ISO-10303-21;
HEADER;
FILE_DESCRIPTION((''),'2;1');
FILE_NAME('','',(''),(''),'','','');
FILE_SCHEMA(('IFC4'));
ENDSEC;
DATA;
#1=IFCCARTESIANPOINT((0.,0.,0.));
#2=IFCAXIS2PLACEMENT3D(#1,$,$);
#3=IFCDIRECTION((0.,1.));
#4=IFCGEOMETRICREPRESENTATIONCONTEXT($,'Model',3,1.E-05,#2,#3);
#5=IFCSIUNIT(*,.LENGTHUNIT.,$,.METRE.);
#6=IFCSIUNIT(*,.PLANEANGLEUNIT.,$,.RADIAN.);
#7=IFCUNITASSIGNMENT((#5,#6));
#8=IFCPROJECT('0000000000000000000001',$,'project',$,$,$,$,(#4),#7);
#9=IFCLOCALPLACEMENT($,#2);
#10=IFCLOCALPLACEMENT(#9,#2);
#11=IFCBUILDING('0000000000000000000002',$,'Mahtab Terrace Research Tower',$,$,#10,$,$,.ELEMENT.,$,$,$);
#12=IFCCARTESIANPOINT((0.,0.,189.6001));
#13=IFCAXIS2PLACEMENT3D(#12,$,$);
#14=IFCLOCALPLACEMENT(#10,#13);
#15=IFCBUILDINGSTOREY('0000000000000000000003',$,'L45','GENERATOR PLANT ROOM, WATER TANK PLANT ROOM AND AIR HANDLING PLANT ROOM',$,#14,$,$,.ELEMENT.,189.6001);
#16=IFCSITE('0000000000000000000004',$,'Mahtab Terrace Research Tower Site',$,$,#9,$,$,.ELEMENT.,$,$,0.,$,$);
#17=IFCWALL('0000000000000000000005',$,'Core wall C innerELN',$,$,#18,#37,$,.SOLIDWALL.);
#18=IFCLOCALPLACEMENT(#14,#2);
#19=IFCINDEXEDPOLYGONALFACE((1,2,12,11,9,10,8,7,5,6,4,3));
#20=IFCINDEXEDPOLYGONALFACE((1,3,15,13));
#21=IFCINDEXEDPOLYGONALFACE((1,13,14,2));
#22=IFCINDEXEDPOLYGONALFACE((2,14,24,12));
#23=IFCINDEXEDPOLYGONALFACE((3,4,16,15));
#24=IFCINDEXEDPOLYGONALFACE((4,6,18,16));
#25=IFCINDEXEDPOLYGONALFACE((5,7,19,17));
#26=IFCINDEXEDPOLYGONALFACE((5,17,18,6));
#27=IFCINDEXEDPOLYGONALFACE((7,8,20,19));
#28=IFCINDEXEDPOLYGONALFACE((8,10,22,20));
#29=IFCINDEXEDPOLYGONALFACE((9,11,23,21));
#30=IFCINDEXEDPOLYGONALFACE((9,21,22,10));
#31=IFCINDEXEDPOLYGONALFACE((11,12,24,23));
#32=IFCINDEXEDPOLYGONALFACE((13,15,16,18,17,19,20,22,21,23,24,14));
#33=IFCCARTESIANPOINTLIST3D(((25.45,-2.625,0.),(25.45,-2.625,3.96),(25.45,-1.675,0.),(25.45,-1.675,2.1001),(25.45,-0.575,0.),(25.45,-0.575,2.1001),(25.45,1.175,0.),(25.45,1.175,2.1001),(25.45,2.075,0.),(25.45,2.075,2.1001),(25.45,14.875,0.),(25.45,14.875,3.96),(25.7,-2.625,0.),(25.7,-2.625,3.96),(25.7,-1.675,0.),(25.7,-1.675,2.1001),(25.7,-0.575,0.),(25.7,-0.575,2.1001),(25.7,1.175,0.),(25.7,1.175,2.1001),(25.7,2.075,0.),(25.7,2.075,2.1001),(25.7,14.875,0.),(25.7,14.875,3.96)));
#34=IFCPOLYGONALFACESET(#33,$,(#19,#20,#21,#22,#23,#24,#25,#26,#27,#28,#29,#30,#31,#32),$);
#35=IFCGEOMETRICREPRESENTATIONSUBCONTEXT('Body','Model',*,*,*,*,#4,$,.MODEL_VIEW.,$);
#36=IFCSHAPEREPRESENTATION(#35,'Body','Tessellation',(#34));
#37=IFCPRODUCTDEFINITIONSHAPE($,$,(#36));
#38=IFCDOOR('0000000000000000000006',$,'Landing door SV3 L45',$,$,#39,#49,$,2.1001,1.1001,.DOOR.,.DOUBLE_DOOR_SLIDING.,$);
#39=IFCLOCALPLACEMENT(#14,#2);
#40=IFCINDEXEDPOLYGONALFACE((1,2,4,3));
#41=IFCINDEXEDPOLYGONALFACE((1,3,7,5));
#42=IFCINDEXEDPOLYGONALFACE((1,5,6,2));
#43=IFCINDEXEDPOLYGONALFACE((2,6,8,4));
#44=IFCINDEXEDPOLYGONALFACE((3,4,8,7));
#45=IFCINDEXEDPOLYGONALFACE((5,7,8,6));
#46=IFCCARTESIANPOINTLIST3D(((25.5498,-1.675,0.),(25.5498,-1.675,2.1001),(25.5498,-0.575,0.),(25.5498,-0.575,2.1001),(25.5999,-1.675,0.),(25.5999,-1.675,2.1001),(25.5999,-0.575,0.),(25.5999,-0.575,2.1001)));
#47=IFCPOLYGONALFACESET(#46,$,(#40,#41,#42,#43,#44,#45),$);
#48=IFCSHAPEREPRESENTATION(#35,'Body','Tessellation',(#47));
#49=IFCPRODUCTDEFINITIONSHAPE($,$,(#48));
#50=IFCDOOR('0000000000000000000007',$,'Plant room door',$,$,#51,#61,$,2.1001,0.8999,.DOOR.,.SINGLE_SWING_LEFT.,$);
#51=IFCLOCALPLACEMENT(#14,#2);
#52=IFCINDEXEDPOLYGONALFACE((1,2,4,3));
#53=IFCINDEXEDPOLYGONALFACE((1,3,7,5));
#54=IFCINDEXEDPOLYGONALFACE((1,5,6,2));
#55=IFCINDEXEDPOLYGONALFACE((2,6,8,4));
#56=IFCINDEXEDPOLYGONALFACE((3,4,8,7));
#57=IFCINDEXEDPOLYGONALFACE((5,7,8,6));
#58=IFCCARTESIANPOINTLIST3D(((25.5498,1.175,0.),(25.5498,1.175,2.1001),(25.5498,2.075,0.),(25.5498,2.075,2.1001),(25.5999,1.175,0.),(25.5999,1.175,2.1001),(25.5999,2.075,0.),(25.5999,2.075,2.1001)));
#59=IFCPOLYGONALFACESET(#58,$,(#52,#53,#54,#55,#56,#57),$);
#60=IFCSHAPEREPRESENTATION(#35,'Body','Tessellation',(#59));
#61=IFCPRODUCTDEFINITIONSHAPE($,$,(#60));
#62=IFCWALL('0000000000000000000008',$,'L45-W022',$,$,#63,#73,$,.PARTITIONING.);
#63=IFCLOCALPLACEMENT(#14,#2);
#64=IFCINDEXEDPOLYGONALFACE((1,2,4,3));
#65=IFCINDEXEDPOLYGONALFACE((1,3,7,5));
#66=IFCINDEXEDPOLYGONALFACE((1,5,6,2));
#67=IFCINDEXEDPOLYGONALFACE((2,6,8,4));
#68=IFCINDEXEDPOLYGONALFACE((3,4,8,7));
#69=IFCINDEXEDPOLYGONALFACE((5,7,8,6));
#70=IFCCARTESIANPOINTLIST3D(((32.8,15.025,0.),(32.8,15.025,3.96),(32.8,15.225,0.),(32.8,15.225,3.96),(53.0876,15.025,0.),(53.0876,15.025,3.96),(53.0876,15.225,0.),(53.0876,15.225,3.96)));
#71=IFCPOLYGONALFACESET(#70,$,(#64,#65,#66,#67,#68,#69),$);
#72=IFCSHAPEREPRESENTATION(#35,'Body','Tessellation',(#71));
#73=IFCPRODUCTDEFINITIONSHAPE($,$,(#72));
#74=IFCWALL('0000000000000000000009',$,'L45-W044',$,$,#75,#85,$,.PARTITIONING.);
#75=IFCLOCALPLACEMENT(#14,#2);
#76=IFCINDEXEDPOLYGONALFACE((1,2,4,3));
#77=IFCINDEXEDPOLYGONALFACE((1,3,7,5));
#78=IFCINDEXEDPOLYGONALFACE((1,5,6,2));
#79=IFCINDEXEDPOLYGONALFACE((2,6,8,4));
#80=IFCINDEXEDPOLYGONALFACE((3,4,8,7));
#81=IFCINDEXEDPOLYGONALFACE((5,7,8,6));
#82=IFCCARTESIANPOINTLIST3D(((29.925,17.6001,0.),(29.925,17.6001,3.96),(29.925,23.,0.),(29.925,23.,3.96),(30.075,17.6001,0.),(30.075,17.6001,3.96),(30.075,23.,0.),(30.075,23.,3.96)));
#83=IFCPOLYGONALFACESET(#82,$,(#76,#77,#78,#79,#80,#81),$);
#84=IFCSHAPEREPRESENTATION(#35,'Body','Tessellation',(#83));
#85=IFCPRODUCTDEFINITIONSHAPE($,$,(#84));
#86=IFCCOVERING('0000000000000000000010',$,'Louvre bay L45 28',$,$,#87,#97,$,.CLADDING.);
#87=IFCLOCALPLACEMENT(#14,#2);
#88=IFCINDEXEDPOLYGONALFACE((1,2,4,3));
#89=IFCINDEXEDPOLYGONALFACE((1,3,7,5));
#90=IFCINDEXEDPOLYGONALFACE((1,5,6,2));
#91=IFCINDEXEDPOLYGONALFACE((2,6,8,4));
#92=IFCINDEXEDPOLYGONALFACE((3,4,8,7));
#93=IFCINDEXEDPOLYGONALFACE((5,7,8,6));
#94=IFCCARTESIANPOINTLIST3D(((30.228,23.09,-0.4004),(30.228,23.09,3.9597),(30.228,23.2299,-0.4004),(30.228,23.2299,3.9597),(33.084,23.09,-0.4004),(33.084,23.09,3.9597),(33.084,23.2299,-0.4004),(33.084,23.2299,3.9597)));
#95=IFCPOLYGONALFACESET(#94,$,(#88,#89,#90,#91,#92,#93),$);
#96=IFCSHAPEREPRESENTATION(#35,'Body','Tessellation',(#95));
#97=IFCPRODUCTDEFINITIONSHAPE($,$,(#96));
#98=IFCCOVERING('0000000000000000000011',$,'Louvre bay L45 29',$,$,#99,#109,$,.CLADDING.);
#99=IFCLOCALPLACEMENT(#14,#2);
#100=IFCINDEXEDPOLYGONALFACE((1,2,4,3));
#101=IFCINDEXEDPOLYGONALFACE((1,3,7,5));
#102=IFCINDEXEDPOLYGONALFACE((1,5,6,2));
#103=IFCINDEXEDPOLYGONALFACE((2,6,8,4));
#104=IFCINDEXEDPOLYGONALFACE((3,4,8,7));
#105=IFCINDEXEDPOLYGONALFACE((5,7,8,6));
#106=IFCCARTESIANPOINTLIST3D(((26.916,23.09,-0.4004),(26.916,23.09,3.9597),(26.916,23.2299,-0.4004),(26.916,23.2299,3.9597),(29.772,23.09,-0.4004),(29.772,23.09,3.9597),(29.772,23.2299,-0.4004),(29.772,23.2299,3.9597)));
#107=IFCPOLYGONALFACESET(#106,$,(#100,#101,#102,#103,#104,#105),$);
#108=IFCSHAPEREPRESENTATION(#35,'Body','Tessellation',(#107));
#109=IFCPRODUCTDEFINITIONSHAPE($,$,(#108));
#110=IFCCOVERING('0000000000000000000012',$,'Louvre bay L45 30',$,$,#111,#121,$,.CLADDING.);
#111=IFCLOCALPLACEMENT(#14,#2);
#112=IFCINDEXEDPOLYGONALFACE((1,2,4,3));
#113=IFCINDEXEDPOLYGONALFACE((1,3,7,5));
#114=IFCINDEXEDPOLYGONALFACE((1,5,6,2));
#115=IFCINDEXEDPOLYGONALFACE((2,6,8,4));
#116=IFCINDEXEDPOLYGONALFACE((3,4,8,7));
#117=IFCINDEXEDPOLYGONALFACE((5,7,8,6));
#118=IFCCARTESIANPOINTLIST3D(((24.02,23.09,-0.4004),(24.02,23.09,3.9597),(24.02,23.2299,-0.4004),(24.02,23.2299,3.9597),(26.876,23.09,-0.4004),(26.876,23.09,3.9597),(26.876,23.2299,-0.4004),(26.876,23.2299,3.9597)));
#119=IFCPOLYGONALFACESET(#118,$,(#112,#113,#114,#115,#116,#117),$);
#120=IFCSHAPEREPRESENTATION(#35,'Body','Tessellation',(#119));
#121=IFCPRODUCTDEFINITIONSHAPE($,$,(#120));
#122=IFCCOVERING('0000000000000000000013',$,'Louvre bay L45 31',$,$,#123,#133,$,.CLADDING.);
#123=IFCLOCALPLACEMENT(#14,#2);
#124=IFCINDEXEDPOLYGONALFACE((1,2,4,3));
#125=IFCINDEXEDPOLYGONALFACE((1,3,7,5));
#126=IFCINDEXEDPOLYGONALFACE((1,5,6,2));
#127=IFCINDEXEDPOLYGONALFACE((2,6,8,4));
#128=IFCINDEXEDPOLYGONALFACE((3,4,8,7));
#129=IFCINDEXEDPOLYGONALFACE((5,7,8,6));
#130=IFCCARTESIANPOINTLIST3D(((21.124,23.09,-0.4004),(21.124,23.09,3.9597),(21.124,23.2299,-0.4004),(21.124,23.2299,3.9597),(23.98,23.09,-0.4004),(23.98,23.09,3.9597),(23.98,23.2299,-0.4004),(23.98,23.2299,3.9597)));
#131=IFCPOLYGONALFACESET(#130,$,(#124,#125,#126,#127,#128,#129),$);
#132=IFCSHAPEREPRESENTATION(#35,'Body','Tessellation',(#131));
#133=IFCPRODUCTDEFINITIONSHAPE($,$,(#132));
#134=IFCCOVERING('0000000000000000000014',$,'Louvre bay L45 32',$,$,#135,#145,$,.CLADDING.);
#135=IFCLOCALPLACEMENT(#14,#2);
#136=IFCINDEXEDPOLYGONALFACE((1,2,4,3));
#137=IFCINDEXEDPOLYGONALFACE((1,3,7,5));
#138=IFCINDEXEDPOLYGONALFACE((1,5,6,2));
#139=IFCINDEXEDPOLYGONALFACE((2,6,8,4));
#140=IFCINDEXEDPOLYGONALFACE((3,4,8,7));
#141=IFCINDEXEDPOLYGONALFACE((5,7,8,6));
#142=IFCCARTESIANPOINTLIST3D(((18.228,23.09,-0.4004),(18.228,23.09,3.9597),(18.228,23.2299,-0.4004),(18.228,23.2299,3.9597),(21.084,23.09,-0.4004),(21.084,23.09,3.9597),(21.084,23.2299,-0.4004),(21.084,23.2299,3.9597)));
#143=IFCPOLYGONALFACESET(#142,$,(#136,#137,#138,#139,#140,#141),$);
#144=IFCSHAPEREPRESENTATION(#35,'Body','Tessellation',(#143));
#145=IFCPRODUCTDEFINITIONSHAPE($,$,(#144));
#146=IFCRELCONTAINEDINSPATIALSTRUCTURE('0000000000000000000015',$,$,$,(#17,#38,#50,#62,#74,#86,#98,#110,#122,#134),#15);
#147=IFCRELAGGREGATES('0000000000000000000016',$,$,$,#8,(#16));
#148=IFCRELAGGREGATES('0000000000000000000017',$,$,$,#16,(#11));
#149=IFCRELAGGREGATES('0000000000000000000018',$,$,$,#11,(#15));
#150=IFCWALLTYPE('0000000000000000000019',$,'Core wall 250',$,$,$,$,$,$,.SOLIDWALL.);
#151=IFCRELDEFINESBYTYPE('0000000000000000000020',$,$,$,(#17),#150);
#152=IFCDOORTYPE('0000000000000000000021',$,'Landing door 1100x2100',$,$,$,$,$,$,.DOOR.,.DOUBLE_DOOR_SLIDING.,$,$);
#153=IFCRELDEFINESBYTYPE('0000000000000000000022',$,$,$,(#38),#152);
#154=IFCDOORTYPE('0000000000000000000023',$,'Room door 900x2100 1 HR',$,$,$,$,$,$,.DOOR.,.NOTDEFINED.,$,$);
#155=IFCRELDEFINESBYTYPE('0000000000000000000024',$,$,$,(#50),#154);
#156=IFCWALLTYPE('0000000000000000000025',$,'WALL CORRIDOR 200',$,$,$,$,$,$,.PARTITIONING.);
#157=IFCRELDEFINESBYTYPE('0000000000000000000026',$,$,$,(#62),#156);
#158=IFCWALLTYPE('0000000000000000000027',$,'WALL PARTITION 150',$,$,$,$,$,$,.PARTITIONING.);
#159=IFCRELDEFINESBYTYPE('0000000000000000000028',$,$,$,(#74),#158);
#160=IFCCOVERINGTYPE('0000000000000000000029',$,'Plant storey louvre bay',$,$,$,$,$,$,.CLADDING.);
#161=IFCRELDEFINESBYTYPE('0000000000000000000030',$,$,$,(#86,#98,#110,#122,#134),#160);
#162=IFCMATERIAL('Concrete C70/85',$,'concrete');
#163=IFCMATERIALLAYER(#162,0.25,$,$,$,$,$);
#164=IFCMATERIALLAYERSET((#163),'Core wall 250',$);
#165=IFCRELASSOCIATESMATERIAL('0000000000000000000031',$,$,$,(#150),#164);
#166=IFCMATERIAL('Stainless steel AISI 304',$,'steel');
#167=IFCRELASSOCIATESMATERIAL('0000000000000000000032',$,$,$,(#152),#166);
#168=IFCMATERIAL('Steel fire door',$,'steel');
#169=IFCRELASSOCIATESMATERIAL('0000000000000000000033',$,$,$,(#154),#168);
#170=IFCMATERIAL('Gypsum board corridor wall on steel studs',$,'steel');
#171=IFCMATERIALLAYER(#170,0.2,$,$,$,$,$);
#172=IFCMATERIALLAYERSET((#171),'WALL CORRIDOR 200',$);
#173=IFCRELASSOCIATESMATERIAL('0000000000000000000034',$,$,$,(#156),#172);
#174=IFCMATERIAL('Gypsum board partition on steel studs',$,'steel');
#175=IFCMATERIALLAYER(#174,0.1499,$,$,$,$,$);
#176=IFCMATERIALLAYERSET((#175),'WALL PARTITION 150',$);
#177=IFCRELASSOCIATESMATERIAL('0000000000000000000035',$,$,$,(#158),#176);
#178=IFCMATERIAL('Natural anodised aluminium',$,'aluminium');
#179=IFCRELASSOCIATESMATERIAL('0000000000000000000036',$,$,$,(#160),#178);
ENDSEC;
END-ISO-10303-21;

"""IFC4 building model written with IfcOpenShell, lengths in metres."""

from ifc_helpers import new_model, si_unit, direction, frame, frame_2d, origin, origin_2d, place, context, subcontext, project, spatial, rectangle, extrude, material, layer, layer_set, type_object, element, fill, save


model = new_model("IFC4")

# Units and contexts
model_context = context("Model", 3, precision=1e-05, world=origin(), true_north=direction((0.0, 1.0)))
body_context = subcontext(model_context, "Body", "Model", "MODEL_VIEW")
ifc_project = project(units=[si_unit("LENGTHUNIT", "METRE"), si_unit("PLANEANGLEUNIT", "RADIAN")], contexts=[model_context])

# Site, building, storey
site_placement = place(None, origin())
site = spatial("IfcSite", under=ifc_project, at=site_placement, Name="Mahtab Terrace Research Tower Site", CompositionType="ELEMENT", RefElevation=0.0)
building_placement = place(site_placement, origin())
building = spatial("IfcBuilding", under=site, at=building_placement, Name="Mahtab Terrace Research Tower", CompositionType="ELEMENT")
storey_placement = place(building_placement, frame((0.0, 0.0, 189.6001)))
storey = spatial("IfcBuildingStorey", under=building, at=storey_placement, Name="L45", Description="GENERATOR PLANT ROOM, WATER TANK PLANT ROOM AND AIR HANDLING PLANT ROOM", CompositionType="ELEMENT", Elevation=189.6001)

# Shared definitions
ifc_material_1 = material(Name="Concrete C70/85", Category="concrete")
ifc_layer_1 = layer(ifc_material_1, 0.25)
ifc_layer_set_1 = layer_set([ifc_layer_1], Name="Core wall 250")
wall_type_1 = type_object("IfcWallType", Name="Core wall 250", PredefinedType="SOLIDWALL", material=ifc_layer_set_1)
ifc_material_2 = material(Name="Steel fire door", Category="steel")

# Wall, openings, doors
wall_1_placement = place(storey_placement, frame((25.575, 14.875, 0.0), z_axis=(0.0, 0.0, 1.0), x_axis=(0.0, -1.0, 0.0)))
wall_1 = element("IfcWall", 1, at=wall_1_placement, inside=storey, type_object=wall_type_1, Name="Core wall C innerELN", PredefinedType="SOLIDWALL", context=body_context, shape_type="SweptSolid", body=[
    extrude(rectangle(XDim=17.5, YDim=0.25, at=frame_2d((8.75, 0.0))), origin(), (0.0, 0.0, 1.0), 3.96),
])
opening_1_placement = place(wall_1_placement, frame((15.45, 0.0, 0.0)))
opening_1 = element("IfcOpeningElement", 2, at=opening_1_placement, cuts=wall_1, PredefinedType="OPENING", context=body_context, shape_type="SweptSolid", body=[
    extrude(rectangle(XDim=1.1001, YDim=2.1001, at=frame_2d((0.55, 1.05))), frame((0.0, 0.135, 0.0), z_axis=(0.0, -1.0, 0.0), x_axis=(1.0, 0.0, 0.0)), (0.0, 0.0, 1.0), 0.27),
])
opening_2_placement = place(wall_1_placement, frame((12.8, 0.0, 0.0)))
opening_2 = element("IfcOpeningElement", 3, at=opening_2_placement, cuts=wall_1, PredefinedType="OPENING", context=body_context, shape_type="SweptSolid", body=[
    extrude(rectangle(XDim=0.8999, YDim=2.1001, at=frame_2d((0.45, 1.05))), frame((0.0, 0.135, 0.0), z_axis=(0.0, -1.0, 0.0), x_axis=(1.0, 0.0, 0.0)), (0.0, 0.0, 1.0), 0.27),
])
ifc_material_3 = material(Name="Stainless steel AISI 304", Category="steel")
door_type_1 = type_object("IfcDoorType", Name="Landing door 1100x2100", OperationType="DOUBLE_DOOR_SLIDING", PredefinedType="DOOR", material=ifc_material_3)
door_1_placement = place(opening_1_placement, origin())
door_1 = element("IfcDoor", 4, at=door_1_placement, inside=storey, type_object=door_type_1, Name="Landing door SV3 L45", OperationType="DOUBLE_DOOR_SLIDING", OverallHeight=2.1001, OverallWidth=1.1001, PredefinedType="DOOR", context=body_context, shape_type="SweptSolid", body=[
    extrude(rectangle(XDim=1.1001, YDim=2.1001, at=frame_2d((0.55, 1.05))), frame((0.0, 0.0249, 0.0), z_axis=(0.0, -1.0, 0.0), x_axis=(1.0, 0.0, 0.0)), (0.0, 0.0, 1.0), 0.05),
])
fill(opening_1, door_1)
door_type_2 = type_object("IfcDoorType", Name="Room door 900x2100 1 HR", OperationType="NOTDEFINED", PredefinedType="DOOR", material=ifc_material_2)
door_2_placement = place(opening_2_placement, origin())
door_2 = element("IfcDoor", 5, at=door_2_placement, inside=storey, type_object=door_type_2, Name="Plant room door", OperationType="SINGLE_SWING_LEFT", OverallHeight=2.1001, OverallWidth=0.8999, PredefinedType="DOOR", context=body_context, shape_type="SweptSolid", body=[
    extrude(rectangle(XDim=0.8999, YDim=2.1001, at=frame_2d((0.45, 1.05))), frame((0.0, 0.0249, 0.0), z_axis=(0.0, -1.0, 0.0), x_axis=(1.0, 0.0, 0.0)), (0.0, 0.0, 1.0), 0.05),
])
fill(opening_2, door_2)

# Walls
ifc_material_4 = material(Name="Gypsum board corridor wall on steel studs", Category="steel")
ifc_layer_2 = layer(ifc_material_4, 0.2)
ifc_layer_set_2 = layer_set([ifc_layer_2], Name="WALL CORRIDOR 200")
wall_type_2 = type_object("IfcWallType", Name="WALL CORRIDOR 200", PredefinedType="PARTITIONING", material=ifc_layer_set_2)
wall_2_placement = place(storey_placement, frame((32.8, 15.125, 0.0), z_axis=(0.0, 0.0, 1.0), x_axis=(1.0, 0.0, 0.0)))
element("IfcWall", 6, at=wall_2_placement, inside=storey, type_object=wall_type_2, Name="L45-W022", PredefinedType="PARTITIONING", context=body_context, shape_type="SweptSolid", body=[
    extrude(rectangle(XDim=20.2876, YDim=0.2, at=frame_2d((10.1438, 0.0))), origin(), (0.0, 0.0, 1.0), 3.96),
])
ifc_material_5 = material(Name="Gypsum board partition on steel studs", Category="steel")
ifc_layer_3 = layer(ifc_material_5, 0.1499)
ifc_layer_set_3 = layer_set([ifc_layer_3], Name="WALL PARTITION 150")
wall_type_3 = type_object("IfcWallType", Name="WALL PARTITION 150", PredefinedType="PARTITIONING", material=ifc_layer_set_3)
wall_3_placement = place(storey_placement, frame((30.0, 17.6001, 0.0), z_axis=(0.0, 0.0, 1.0), x_axis=(0.0, 1.0, 0.0)))
element("IfcWall", 7, at=wall_3_placement, inside=storey, type_object=wall_type_3, Name="L45-W044", PredefinedType="PARTITIONING", context=body_context, shape_type="SweptSolid", body=[
    extrude(rectangle(XDim=5.3999, YDim=0.1499, at=frame_2d((2.7, 0.0))), origin(), (0.0, 0.0, 1.0), 3.96),
])

# Coverings
ifc_material_6 = material(Name="Natural anodised aluminium", Category="aluminium")
covering_type = type_object("IfcCoveringType", Name="Plant storey louvre bay", PredefinedType="CLADDING", material=ifc_material_6)
for number, where, z_axis, x_axis, name in (
    (8, (31.656, 23.1599, -0.4004), (0.0, 0.0, 1.0), (-1.0, 0.0, 0.0), "Louvre bay L45 28"),
    (9, (28.344, 23.1599, -0.4004), (0.0, 0.0, 1.0), (-1.0, 0.0, 0.0), "Louvre bay L45 29"),
    (10, (25.448, 23.1599, -0.4004), (0.0, 0.0, 1.0), (-1.0, 0.0, 0.0), "Louvre bay L45 30"),
    (11, (22.552, 23.1599, -0.4004), (0.0, 0.0, 1.0), (-1.0, 0.0, 0.0), "Louvre bay L45 31"),
    (12, (19.656, 23.1599, -0.4004), (0.0, 0.0, 1.0), (-1.0, 0.0, 0.0), "Louvre bay L45 32"),
):
    element("IfcCovering", number, at=place(storey_placement, frame(where, z_axis=z_axis, x_axis=x_axis)), inside=storey, type_object=covering_type, Name=name, PredefinedType="CLADDING", context=body_context, shape_type="SweptSolid", body=[
        extrude(rectangle(XDim=2.856, YDim=0.1399, at=origin_2d()), origin(), (0.0, 0.0, 1.0), 4.3601),
    ])

save(model, "model.ifc")
